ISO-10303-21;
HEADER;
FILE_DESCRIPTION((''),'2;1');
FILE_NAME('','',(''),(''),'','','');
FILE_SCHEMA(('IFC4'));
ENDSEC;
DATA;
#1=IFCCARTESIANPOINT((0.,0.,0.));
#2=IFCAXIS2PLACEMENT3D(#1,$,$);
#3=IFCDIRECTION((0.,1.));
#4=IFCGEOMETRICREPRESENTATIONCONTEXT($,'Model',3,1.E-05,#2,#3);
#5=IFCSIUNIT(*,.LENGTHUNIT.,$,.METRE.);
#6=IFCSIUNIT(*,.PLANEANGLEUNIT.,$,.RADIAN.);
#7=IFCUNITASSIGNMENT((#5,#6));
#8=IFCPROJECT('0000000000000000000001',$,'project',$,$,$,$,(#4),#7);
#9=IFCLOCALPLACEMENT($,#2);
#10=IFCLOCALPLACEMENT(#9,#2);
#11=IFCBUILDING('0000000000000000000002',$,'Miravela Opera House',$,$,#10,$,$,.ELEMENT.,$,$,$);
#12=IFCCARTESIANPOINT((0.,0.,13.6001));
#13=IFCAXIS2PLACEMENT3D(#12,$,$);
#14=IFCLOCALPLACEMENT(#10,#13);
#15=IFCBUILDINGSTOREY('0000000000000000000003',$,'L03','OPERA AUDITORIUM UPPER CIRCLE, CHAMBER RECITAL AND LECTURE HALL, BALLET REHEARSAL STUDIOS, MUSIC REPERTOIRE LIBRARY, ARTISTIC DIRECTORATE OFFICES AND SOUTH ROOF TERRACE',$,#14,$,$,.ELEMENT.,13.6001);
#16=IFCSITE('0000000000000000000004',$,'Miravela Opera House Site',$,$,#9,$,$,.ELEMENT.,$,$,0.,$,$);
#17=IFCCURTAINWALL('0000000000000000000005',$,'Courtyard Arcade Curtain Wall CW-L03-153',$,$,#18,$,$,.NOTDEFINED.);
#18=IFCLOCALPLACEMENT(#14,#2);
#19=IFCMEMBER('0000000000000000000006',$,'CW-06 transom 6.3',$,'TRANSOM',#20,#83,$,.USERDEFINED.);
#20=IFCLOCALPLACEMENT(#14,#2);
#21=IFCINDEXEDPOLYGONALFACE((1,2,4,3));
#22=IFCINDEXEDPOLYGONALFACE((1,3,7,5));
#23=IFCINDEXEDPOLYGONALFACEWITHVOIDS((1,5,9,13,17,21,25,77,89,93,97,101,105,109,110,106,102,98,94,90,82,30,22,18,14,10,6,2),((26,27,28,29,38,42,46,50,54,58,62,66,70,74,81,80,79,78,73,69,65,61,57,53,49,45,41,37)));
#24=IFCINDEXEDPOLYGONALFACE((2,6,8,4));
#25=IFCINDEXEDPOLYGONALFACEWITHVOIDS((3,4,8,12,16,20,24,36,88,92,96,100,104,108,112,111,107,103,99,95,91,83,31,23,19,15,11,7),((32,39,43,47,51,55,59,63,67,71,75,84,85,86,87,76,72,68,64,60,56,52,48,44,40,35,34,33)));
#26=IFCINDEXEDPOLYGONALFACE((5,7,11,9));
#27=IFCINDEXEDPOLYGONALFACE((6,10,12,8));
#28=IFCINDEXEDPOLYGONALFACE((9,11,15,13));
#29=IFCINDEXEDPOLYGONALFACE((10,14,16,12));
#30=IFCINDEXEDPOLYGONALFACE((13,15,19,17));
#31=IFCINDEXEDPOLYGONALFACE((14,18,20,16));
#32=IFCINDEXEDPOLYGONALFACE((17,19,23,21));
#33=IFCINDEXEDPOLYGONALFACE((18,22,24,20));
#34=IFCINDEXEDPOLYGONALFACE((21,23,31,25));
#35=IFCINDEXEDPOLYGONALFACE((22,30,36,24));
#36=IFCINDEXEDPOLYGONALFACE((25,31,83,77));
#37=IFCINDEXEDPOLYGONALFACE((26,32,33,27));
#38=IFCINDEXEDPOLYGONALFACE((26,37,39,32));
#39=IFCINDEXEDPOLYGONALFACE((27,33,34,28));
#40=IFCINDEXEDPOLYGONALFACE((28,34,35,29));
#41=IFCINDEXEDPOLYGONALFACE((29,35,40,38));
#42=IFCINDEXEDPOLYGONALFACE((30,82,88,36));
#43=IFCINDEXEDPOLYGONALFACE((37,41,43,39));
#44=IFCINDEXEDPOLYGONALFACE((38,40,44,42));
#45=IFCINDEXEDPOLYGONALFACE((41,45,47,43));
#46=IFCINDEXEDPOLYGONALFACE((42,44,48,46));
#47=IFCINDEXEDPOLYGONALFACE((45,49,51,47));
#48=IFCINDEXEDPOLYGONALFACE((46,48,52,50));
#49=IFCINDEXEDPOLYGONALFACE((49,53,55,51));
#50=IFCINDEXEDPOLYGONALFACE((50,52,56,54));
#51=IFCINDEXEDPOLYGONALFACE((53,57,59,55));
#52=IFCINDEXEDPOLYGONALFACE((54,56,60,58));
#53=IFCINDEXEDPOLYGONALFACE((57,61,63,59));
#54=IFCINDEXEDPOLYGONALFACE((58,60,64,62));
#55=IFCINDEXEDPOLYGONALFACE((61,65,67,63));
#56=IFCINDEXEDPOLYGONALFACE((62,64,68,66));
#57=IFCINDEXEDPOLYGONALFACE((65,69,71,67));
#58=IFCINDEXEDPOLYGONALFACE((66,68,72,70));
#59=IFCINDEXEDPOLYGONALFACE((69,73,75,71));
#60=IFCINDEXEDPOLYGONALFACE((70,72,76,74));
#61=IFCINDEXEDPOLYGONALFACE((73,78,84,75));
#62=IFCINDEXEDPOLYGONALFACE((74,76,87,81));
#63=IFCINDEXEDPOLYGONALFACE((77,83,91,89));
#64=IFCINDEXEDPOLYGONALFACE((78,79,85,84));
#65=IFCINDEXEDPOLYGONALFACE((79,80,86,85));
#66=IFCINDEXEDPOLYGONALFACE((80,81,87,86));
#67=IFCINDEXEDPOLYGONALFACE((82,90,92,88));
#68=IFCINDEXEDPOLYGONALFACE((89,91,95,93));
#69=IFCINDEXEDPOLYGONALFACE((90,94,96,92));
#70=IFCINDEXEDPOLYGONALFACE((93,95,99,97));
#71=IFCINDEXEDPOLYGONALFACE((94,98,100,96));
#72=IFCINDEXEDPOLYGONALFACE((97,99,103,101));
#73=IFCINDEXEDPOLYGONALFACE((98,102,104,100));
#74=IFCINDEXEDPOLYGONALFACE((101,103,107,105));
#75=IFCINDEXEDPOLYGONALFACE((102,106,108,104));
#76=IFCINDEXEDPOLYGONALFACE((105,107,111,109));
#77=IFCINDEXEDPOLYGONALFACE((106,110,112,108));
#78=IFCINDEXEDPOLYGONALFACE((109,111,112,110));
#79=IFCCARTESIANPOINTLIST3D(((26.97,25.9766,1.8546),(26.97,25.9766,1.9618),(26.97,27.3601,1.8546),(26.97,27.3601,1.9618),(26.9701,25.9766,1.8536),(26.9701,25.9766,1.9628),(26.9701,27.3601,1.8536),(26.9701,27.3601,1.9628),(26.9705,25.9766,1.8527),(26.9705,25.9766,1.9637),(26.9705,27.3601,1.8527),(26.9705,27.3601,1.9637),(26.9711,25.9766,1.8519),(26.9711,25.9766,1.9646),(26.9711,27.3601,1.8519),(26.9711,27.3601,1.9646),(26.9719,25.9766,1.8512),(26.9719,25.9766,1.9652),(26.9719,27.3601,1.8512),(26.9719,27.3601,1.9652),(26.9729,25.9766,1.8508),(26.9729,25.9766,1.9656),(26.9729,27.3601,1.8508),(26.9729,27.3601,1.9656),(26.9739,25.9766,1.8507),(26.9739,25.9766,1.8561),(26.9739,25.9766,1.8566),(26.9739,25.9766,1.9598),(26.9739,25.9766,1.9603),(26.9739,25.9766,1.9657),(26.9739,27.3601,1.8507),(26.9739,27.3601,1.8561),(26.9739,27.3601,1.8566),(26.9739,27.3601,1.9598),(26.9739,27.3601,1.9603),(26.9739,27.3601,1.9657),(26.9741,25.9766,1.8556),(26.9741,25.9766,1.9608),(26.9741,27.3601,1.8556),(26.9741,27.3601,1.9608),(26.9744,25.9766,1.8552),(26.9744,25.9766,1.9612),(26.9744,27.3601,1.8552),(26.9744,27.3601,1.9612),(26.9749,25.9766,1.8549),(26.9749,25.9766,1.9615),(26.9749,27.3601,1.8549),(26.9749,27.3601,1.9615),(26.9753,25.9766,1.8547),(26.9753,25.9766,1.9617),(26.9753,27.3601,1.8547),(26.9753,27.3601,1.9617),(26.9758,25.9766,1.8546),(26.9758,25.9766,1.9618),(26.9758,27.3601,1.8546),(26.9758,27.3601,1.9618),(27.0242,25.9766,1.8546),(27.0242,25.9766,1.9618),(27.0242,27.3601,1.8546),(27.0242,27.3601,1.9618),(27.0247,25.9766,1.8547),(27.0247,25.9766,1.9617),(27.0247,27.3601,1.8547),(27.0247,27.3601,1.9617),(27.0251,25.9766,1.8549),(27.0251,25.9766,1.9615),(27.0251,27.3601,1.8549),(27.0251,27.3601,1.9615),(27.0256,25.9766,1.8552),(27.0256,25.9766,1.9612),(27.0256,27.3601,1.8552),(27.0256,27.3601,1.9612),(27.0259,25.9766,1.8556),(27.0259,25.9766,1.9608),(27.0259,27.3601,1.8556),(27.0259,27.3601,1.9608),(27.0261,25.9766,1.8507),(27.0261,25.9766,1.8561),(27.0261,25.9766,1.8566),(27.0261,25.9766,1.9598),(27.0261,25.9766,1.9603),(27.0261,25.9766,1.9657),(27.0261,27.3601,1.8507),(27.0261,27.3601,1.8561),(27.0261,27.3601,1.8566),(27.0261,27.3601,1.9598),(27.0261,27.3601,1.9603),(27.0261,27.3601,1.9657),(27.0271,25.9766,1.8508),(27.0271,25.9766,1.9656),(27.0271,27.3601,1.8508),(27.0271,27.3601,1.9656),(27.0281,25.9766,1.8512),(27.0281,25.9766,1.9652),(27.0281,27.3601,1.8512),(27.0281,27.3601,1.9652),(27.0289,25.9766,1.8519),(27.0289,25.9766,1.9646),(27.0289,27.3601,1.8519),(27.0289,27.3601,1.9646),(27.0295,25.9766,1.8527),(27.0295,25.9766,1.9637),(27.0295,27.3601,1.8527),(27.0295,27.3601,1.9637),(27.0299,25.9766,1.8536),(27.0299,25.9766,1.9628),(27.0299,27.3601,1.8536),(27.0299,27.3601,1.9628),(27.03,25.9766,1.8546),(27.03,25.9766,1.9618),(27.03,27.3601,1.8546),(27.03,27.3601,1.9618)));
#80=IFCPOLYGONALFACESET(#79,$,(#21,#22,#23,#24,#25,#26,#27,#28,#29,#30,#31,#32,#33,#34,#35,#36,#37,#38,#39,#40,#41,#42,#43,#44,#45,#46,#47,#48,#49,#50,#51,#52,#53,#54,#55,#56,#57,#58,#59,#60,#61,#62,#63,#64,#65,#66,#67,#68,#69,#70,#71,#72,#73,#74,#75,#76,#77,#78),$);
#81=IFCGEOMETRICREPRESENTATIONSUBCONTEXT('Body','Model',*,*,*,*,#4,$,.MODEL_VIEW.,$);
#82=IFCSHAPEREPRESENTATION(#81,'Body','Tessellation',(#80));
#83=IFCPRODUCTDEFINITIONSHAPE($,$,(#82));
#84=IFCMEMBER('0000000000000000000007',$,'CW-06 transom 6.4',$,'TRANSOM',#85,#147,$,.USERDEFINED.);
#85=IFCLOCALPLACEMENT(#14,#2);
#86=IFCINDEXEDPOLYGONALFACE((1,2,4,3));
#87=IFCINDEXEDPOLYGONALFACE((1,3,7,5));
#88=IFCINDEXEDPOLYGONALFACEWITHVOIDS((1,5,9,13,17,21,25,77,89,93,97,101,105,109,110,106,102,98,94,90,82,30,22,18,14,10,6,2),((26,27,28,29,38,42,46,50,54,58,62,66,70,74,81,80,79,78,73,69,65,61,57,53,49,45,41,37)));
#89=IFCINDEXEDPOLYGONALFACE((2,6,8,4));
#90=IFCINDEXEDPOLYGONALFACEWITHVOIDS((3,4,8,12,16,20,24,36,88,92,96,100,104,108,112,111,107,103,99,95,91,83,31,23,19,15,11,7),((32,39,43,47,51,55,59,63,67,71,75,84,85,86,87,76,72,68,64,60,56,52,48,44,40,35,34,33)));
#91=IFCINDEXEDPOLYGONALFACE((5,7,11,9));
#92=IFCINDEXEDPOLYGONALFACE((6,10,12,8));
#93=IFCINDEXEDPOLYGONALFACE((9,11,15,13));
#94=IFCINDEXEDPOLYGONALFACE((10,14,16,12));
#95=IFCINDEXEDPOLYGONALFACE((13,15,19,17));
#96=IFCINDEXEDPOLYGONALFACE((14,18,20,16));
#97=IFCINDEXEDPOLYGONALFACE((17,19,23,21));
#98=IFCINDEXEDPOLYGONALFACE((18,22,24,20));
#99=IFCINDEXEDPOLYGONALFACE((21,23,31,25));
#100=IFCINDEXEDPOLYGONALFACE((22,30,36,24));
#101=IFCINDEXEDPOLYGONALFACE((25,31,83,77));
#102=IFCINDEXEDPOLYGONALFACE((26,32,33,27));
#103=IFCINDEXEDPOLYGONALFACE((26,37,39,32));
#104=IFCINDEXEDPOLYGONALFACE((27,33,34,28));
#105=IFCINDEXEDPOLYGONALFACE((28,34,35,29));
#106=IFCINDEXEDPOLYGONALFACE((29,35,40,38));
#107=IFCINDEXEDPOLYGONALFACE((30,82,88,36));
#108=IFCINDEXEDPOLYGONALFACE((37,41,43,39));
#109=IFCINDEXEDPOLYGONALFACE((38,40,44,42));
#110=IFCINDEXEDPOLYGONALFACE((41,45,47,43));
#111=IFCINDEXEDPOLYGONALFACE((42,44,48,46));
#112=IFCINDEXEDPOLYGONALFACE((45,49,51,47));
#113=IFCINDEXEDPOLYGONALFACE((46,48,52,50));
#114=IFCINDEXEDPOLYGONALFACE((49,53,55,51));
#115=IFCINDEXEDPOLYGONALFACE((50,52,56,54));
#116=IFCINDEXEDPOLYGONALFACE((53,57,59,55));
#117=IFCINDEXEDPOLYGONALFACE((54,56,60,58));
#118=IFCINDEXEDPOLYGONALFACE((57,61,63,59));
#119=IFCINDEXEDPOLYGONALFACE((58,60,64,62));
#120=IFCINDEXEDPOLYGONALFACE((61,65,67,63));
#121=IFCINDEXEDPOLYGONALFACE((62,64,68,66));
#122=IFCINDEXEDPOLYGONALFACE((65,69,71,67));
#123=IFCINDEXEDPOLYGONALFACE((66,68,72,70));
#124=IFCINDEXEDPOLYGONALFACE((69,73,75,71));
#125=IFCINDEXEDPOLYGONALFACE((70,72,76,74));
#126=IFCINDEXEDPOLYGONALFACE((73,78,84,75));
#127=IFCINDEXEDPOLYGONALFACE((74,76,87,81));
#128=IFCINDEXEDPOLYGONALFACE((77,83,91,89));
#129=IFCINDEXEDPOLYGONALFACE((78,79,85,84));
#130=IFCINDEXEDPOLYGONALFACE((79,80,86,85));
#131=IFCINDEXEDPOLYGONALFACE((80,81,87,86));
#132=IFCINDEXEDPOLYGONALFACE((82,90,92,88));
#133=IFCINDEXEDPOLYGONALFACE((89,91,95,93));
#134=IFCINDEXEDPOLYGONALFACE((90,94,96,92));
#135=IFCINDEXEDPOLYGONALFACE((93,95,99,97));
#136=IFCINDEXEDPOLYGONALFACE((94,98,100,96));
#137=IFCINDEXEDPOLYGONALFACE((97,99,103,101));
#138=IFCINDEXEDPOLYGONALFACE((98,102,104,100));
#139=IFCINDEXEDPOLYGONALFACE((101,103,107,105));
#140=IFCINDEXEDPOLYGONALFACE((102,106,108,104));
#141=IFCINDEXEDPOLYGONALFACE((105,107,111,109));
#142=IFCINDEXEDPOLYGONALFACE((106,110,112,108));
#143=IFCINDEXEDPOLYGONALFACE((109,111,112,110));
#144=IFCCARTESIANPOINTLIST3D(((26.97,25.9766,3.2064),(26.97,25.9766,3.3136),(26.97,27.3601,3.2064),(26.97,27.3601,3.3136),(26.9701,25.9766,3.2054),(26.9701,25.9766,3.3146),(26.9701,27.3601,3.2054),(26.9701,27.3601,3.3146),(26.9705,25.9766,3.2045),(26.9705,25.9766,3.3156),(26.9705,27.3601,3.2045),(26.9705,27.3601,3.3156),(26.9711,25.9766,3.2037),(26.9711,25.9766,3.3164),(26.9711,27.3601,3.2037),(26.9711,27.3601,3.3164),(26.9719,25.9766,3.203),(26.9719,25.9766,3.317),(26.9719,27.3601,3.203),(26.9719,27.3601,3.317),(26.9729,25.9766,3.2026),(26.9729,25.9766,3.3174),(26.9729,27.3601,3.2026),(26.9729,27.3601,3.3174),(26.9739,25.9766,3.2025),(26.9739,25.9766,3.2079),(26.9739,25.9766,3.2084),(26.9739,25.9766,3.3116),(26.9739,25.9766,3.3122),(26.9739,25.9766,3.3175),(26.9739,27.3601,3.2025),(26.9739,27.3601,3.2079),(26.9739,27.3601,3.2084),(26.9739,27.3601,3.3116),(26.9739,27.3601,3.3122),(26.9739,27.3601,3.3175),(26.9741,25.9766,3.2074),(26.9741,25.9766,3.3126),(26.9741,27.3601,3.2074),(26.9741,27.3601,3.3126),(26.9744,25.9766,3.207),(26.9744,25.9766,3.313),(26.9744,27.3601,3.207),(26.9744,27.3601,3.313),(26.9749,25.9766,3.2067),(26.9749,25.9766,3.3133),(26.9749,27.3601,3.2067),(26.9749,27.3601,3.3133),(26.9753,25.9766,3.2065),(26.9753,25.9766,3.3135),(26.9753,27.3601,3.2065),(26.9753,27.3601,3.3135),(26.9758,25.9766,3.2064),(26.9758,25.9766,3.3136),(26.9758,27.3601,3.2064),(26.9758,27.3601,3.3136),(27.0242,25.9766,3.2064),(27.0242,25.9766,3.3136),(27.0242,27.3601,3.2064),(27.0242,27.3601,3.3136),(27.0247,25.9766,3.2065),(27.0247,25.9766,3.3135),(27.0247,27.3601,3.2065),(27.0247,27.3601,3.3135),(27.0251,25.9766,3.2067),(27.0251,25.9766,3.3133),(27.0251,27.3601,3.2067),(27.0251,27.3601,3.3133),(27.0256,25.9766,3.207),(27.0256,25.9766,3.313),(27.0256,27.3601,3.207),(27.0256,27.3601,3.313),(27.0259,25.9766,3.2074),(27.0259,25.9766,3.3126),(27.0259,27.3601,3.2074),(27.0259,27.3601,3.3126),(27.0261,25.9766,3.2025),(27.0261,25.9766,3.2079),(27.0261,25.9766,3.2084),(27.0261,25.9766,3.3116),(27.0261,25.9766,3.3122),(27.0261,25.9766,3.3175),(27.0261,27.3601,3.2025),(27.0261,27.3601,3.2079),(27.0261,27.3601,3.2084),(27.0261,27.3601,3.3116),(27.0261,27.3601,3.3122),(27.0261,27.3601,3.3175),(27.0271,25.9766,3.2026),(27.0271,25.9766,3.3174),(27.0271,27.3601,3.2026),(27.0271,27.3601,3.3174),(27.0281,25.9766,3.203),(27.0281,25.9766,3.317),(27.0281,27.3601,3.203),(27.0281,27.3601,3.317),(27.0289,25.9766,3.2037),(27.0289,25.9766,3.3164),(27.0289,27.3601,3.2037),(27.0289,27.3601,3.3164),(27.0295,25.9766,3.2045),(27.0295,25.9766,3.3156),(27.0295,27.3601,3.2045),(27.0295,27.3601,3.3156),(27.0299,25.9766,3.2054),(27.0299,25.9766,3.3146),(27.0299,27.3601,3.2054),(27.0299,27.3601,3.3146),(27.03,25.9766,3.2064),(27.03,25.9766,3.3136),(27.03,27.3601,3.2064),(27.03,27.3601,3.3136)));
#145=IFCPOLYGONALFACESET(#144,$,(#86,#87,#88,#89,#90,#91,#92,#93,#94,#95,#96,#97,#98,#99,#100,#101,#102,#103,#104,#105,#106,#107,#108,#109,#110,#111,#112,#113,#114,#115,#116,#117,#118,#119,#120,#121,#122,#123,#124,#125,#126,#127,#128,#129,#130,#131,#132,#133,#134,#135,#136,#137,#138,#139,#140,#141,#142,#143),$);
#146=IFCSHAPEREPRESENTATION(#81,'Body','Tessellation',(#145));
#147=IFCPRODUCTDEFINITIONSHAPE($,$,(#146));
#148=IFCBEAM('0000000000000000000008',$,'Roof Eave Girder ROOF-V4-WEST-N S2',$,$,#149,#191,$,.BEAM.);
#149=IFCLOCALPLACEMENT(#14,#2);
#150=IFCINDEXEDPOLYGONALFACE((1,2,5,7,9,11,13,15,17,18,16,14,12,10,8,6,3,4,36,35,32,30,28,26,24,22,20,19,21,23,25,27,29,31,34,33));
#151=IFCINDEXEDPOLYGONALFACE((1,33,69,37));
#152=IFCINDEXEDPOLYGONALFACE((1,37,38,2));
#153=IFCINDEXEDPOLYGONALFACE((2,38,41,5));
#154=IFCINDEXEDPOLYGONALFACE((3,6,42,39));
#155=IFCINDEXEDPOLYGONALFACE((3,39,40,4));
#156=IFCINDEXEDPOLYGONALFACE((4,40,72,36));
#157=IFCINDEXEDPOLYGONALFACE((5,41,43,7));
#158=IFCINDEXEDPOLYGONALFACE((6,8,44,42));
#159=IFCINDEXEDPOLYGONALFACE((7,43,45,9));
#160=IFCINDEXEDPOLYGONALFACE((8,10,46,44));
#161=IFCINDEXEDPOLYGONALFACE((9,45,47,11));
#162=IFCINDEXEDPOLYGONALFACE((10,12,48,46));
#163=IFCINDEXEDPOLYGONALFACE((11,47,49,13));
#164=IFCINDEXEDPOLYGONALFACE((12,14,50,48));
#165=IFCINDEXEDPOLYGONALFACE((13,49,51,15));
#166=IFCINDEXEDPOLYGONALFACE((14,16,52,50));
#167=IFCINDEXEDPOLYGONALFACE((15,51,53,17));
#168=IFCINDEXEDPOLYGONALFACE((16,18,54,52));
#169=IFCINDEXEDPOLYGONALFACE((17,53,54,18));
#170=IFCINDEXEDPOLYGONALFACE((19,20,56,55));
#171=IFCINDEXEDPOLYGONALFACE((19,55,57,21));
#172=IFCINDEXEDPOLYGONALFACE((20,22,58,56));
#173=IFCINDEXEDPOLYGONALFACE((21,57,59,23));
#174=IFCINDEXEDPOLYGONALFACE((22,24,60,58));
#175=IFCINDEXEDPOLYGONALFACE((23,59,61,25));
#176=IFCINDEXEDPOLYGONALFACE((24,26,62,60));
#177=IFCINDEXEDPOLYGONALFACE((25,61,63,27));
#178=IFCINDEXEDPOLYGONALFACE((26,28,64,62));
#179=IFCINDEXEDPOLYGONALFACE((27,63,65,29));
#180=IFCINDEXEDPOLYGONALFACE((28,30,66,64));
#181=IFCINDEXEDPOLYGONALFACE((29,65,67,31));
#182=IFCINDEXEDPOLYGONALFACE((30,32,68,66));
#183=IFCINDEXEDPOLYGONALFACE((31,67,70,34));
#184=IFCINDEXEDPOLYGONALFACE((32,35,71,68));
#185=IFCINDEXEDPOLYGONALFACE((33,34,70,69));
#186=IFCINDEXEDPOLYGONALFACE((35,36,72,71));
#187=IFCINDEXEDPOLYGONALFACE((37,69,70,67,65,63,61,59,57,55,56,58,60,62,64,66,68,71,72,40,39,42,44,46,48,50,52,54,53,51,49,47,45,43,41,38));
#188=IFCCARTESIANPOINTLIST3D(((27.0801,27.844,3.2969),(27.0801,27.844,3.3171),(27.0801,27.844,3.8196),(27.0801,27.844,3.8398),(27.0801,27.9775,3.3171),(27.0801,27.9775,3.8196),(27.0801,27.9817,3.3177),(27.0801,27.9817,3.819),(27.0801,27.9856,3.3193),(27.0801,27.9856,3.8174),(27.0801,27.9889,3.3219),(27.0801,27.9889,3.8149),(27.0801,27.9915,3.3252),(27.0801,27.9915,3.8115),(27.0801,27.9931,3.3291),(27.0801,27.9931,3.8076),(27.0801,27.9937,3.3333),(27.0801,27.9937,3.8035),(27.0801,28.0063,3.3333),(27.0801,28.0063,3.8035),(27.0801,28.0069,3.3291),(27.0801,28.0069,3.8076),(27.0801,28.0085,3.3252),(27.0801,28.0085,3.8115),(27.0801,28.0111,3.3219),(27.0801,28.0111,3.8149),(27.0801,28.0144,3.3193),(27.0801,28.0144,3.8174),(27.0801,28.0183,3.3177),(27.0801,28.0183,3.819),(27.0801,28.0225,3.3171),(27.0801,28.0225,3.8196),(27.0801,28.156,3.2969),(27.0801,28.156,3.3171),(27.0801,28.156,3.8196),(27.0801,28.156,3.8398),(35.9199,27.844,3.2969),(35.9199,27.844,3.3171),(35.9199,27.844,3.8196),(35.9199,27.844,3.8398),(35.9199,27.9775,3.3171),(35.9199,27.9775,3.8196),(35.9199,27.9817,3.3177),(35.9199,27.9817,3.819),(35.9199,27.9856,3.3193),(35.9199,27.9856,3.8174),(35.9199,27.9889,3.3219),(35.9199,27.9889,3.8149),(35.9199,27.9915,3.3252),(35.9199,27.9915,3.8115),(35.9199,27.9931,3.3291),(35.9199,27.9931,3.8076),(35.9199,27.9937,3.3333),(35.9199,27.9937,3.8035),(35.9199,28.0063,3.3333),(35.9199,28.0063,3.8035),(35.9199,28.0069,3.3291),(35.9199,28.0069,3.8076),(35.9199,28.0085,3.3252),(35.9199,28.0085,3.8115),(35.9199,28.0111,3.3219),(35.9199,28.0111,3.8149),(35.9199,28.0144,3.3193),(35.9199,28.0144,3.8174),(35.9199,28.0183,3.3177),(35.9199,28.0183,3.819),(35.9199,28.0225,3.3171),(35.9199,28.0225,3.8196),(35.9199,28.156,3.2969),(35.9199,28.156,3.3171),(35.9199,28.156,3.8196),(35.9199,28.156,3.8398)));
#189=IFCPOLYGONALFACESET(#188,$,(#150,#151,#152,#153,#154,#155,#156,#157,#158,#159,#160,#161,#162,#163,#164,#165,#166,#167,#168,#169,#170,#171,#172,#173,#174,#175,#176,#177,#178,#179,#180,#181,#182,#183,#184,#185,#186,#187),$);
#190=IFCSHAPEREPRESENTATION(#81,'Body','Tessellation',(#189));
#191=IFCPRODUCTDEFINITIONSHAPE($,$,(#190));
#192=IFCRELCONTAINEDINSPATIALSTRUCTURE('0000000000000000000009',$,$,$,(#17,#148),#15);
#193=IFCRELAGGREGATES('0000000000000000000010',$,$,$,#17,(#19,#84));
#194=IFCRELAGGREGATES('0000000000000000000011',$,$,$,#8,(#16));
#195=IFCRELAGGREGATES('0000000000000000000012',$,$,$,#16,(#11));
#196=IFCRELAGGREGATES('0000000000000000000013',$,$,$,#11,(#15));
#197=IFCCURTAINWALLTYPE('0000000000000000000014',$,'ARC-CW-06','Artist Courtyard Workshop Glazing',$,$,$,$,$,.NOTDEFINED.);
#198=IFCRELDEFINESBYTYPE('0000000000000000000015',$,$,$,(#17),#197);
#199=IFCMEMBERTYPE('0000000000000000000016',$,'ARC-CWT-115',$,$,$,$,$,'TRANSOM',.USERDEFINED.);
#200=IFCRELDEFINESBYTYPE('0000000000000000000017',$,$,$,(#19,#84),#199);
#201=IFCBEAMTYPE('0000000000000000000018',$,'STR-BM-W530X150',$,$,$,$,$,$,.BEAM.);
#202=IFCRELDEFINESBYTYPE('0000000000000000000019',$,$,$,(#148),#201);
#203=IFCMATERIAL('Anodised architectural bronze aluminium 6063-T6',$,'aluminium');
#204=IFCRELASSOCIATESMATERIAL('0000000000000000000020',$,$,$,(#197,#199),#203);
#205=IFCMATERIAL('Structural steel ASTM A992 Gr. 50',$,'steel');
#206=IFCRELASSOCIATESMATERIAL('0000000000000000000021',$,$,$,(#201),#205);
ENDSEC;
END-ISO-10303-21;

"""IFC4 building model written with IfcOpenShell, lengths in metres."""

from ifc_helpers import new_model, si_unit, direction, frame, origin, origin_2d, place, context, subcontext, project, spatial, hollow_rectangle, i_section, extrude, material, material_profile, profile_set, type_object, element, aggregate, save


model = new_model("IFC4")

# Units and contexts
model_context = context("Model", 3, precision=1e-05, world=origin(), true_north=direction((0.0, 1.0)))
body_context = subcontext(model_context, "Body", "Model", "MODEL_VIEW")
ifc_project = project(units=[si_unit("LENGTHUNIT", "METRE"), si_unit("PLANEANGLEUNIT", "RADIAN")], contexts=[model_context])

# Site, building, storey
site_placement = place(None, origin())
site = spatial("IfcSite", under=ifc_project, at=site_placement, Name="Miravela Opera House Site", CompositionType="ELEMENT", RefElevation=0.0)
building_placement = place(site_placement, origin())
building = spatial("IfcBuilding", under=site, at=building_placement, Name="Miravela Opera House", CompositionType="ELEMENT")
storey_placement = place(building_placement, frame((0.0, 0.0, 13.6001)))
storey = spatial("IfcBuildingStorey", under=building, at=storey_placement, Name="L03", Description="OPERA AUDITORIUM UPPER CIRCLE, CHAMBER RECITAL AND LECTURE HALL, BALLET REHEARSAL STUDIOS, MUSIC REPERTOIRE LIBRARY, ARTISTIC DIRECTORATE OFFICES AND SOUTH ROOF TERRACE", CompositionType="ELEMENT", Elevation=13.6001)

# Shared definitions
ifc_material_1 = material(Name="Anodised architectural bronze aluminium 6063-T6", Category="aluminium")
curtain_wall_type = type_object("IfcCurtainWallType", Name="ARC-CW-06", Description="Artist Courtyard Workshop Glazing", PredefinedType="NOTDEFINED", material=ifc_material_1)

# Curtain wall
curtain_wall_1_placement = place(storey_placement, origin())
curtain_wall_1 = element("IfcCurtainWall", 1, at=curtain_wall_1_placement, inside=storey, type_object=curtain_wall_type, Name="Courtyard Arcade Curtain Wall CW-L03-153", PredefinedType="NOTDEFINED")

# Members
ifc_material_profile_1 = material_profile(ifc_material_1, hollow_rectangle(XDim=0.0601, YDim=0.115, WallThickness=0.0039, InnerFilletRadius=0.002, OuterFilletRadius=0.0039, at=origin_2d()), Name="CWT-60X115")
ifc_profile_set_1 = profile_set([ifc_material_profile_1])
member_type_1 = type_object("IfcMemberType", Name="ARC-CWT-115", ElementType="TRANSOM", PredefinedType="USERDEFINED", material=ifc_profile_set_1)
member_1_placement = place(storey_placement, frame((27.0, 25.9766, 1.9082), z_axis=(0.0, 1.0, 0.0), x_axis=(-1.0, 0.0, 0.0)))
member_1 = element("IfcMember", 2, at=member_1_placement, type_object=member_type_1, Name="CW-06 transom 6.3", ObjectType="TRANSOM", PredefinedType="USERDEFINED", context=body_context, shape_type="SweptSolid", body=[
    extrude(hollow_rectangle(XDim=0.0601, YDim=0.115, WallThickness=0.0039, InnerFilletRadius=0.002, OuterFilletRadius=0.0039, at=origin_2d()), origin(), (0.0, 0.0, 1.0), 1.3835),
])
member_2_placement = place(storey_placement, frame((27.0, 25.9766, 3.26), z_axis=(0.0, 1.0, 0.0), x_axis=(-1.0, 0.0, 0.0)))
member_2 = element("IfcMember", 3, at=member_2_placement, type_object=member_type_1, Name="CW-06 transom 6.4", ObjectType="TRANSOM", PredefinedType="USERDEFINED", context=body_context, shape_type="SweptSolid", body=[
    extrude(hollow_rectangle(XDim=0.0601, YDim=0.115, WallThickness=0.0039, InnerFilletRadius=0.002, OuterFilletRadius=0.0039, at=origin_2d()), origin(), (0.0, 0.0, 1.0), 1.3835),
])

# Beam
ifc_material_2 = material(Name="Structural steel ASTM A992 Gr. 50", Category="steel")
ifc_material_profile_2 = material_profile(ifc_material_2, i_section(OverallWidth=0.312, OverallDepth=0.543, WebThickness=0.0127, FlangeThickness=0.0203, FilletRadius=0.0161, at=origin_2d()), Name="W530X150")
ifc_profile_set_2 = profile_set([ifc_material_profile_2])
beam_type = type_object("IfcBeamType", Name="STR-BM-W530X150", PredefinedType="BEAM", material=ifc_profile_set_2)
for number, where, z_axis, x_axis, name in (
    (4, (27.0801, 28.0, 3.5684), (1.0, 0.0, 0.0), (0.0, 1.0, 0.0), "Roof Eave Girder ROOF-V4-WEST-N S2"),
):
    element("IfcBeam", number, at=place(storey_placement, frame(where, z_axis=z_axis, x_axis=x_axis)), inside=storey, type_object=beam_type, Name=name, PredefinedType="BEAM", context=body_context, shape_type="SweptSolid", body=[
        extrude(i_section(OverallWidth=0.312, OverallDepth=0.543, WebThickness=0.0127, FlangeThickness=0.0203, FilletRadius=0.0161, at=origin_2d()), origin(), (0.0, 0.0, 1.0), 8.8398),
    ])

aggregate(curtain_wall_1, [member_1, member_2])

save(model, "model.ifc")
